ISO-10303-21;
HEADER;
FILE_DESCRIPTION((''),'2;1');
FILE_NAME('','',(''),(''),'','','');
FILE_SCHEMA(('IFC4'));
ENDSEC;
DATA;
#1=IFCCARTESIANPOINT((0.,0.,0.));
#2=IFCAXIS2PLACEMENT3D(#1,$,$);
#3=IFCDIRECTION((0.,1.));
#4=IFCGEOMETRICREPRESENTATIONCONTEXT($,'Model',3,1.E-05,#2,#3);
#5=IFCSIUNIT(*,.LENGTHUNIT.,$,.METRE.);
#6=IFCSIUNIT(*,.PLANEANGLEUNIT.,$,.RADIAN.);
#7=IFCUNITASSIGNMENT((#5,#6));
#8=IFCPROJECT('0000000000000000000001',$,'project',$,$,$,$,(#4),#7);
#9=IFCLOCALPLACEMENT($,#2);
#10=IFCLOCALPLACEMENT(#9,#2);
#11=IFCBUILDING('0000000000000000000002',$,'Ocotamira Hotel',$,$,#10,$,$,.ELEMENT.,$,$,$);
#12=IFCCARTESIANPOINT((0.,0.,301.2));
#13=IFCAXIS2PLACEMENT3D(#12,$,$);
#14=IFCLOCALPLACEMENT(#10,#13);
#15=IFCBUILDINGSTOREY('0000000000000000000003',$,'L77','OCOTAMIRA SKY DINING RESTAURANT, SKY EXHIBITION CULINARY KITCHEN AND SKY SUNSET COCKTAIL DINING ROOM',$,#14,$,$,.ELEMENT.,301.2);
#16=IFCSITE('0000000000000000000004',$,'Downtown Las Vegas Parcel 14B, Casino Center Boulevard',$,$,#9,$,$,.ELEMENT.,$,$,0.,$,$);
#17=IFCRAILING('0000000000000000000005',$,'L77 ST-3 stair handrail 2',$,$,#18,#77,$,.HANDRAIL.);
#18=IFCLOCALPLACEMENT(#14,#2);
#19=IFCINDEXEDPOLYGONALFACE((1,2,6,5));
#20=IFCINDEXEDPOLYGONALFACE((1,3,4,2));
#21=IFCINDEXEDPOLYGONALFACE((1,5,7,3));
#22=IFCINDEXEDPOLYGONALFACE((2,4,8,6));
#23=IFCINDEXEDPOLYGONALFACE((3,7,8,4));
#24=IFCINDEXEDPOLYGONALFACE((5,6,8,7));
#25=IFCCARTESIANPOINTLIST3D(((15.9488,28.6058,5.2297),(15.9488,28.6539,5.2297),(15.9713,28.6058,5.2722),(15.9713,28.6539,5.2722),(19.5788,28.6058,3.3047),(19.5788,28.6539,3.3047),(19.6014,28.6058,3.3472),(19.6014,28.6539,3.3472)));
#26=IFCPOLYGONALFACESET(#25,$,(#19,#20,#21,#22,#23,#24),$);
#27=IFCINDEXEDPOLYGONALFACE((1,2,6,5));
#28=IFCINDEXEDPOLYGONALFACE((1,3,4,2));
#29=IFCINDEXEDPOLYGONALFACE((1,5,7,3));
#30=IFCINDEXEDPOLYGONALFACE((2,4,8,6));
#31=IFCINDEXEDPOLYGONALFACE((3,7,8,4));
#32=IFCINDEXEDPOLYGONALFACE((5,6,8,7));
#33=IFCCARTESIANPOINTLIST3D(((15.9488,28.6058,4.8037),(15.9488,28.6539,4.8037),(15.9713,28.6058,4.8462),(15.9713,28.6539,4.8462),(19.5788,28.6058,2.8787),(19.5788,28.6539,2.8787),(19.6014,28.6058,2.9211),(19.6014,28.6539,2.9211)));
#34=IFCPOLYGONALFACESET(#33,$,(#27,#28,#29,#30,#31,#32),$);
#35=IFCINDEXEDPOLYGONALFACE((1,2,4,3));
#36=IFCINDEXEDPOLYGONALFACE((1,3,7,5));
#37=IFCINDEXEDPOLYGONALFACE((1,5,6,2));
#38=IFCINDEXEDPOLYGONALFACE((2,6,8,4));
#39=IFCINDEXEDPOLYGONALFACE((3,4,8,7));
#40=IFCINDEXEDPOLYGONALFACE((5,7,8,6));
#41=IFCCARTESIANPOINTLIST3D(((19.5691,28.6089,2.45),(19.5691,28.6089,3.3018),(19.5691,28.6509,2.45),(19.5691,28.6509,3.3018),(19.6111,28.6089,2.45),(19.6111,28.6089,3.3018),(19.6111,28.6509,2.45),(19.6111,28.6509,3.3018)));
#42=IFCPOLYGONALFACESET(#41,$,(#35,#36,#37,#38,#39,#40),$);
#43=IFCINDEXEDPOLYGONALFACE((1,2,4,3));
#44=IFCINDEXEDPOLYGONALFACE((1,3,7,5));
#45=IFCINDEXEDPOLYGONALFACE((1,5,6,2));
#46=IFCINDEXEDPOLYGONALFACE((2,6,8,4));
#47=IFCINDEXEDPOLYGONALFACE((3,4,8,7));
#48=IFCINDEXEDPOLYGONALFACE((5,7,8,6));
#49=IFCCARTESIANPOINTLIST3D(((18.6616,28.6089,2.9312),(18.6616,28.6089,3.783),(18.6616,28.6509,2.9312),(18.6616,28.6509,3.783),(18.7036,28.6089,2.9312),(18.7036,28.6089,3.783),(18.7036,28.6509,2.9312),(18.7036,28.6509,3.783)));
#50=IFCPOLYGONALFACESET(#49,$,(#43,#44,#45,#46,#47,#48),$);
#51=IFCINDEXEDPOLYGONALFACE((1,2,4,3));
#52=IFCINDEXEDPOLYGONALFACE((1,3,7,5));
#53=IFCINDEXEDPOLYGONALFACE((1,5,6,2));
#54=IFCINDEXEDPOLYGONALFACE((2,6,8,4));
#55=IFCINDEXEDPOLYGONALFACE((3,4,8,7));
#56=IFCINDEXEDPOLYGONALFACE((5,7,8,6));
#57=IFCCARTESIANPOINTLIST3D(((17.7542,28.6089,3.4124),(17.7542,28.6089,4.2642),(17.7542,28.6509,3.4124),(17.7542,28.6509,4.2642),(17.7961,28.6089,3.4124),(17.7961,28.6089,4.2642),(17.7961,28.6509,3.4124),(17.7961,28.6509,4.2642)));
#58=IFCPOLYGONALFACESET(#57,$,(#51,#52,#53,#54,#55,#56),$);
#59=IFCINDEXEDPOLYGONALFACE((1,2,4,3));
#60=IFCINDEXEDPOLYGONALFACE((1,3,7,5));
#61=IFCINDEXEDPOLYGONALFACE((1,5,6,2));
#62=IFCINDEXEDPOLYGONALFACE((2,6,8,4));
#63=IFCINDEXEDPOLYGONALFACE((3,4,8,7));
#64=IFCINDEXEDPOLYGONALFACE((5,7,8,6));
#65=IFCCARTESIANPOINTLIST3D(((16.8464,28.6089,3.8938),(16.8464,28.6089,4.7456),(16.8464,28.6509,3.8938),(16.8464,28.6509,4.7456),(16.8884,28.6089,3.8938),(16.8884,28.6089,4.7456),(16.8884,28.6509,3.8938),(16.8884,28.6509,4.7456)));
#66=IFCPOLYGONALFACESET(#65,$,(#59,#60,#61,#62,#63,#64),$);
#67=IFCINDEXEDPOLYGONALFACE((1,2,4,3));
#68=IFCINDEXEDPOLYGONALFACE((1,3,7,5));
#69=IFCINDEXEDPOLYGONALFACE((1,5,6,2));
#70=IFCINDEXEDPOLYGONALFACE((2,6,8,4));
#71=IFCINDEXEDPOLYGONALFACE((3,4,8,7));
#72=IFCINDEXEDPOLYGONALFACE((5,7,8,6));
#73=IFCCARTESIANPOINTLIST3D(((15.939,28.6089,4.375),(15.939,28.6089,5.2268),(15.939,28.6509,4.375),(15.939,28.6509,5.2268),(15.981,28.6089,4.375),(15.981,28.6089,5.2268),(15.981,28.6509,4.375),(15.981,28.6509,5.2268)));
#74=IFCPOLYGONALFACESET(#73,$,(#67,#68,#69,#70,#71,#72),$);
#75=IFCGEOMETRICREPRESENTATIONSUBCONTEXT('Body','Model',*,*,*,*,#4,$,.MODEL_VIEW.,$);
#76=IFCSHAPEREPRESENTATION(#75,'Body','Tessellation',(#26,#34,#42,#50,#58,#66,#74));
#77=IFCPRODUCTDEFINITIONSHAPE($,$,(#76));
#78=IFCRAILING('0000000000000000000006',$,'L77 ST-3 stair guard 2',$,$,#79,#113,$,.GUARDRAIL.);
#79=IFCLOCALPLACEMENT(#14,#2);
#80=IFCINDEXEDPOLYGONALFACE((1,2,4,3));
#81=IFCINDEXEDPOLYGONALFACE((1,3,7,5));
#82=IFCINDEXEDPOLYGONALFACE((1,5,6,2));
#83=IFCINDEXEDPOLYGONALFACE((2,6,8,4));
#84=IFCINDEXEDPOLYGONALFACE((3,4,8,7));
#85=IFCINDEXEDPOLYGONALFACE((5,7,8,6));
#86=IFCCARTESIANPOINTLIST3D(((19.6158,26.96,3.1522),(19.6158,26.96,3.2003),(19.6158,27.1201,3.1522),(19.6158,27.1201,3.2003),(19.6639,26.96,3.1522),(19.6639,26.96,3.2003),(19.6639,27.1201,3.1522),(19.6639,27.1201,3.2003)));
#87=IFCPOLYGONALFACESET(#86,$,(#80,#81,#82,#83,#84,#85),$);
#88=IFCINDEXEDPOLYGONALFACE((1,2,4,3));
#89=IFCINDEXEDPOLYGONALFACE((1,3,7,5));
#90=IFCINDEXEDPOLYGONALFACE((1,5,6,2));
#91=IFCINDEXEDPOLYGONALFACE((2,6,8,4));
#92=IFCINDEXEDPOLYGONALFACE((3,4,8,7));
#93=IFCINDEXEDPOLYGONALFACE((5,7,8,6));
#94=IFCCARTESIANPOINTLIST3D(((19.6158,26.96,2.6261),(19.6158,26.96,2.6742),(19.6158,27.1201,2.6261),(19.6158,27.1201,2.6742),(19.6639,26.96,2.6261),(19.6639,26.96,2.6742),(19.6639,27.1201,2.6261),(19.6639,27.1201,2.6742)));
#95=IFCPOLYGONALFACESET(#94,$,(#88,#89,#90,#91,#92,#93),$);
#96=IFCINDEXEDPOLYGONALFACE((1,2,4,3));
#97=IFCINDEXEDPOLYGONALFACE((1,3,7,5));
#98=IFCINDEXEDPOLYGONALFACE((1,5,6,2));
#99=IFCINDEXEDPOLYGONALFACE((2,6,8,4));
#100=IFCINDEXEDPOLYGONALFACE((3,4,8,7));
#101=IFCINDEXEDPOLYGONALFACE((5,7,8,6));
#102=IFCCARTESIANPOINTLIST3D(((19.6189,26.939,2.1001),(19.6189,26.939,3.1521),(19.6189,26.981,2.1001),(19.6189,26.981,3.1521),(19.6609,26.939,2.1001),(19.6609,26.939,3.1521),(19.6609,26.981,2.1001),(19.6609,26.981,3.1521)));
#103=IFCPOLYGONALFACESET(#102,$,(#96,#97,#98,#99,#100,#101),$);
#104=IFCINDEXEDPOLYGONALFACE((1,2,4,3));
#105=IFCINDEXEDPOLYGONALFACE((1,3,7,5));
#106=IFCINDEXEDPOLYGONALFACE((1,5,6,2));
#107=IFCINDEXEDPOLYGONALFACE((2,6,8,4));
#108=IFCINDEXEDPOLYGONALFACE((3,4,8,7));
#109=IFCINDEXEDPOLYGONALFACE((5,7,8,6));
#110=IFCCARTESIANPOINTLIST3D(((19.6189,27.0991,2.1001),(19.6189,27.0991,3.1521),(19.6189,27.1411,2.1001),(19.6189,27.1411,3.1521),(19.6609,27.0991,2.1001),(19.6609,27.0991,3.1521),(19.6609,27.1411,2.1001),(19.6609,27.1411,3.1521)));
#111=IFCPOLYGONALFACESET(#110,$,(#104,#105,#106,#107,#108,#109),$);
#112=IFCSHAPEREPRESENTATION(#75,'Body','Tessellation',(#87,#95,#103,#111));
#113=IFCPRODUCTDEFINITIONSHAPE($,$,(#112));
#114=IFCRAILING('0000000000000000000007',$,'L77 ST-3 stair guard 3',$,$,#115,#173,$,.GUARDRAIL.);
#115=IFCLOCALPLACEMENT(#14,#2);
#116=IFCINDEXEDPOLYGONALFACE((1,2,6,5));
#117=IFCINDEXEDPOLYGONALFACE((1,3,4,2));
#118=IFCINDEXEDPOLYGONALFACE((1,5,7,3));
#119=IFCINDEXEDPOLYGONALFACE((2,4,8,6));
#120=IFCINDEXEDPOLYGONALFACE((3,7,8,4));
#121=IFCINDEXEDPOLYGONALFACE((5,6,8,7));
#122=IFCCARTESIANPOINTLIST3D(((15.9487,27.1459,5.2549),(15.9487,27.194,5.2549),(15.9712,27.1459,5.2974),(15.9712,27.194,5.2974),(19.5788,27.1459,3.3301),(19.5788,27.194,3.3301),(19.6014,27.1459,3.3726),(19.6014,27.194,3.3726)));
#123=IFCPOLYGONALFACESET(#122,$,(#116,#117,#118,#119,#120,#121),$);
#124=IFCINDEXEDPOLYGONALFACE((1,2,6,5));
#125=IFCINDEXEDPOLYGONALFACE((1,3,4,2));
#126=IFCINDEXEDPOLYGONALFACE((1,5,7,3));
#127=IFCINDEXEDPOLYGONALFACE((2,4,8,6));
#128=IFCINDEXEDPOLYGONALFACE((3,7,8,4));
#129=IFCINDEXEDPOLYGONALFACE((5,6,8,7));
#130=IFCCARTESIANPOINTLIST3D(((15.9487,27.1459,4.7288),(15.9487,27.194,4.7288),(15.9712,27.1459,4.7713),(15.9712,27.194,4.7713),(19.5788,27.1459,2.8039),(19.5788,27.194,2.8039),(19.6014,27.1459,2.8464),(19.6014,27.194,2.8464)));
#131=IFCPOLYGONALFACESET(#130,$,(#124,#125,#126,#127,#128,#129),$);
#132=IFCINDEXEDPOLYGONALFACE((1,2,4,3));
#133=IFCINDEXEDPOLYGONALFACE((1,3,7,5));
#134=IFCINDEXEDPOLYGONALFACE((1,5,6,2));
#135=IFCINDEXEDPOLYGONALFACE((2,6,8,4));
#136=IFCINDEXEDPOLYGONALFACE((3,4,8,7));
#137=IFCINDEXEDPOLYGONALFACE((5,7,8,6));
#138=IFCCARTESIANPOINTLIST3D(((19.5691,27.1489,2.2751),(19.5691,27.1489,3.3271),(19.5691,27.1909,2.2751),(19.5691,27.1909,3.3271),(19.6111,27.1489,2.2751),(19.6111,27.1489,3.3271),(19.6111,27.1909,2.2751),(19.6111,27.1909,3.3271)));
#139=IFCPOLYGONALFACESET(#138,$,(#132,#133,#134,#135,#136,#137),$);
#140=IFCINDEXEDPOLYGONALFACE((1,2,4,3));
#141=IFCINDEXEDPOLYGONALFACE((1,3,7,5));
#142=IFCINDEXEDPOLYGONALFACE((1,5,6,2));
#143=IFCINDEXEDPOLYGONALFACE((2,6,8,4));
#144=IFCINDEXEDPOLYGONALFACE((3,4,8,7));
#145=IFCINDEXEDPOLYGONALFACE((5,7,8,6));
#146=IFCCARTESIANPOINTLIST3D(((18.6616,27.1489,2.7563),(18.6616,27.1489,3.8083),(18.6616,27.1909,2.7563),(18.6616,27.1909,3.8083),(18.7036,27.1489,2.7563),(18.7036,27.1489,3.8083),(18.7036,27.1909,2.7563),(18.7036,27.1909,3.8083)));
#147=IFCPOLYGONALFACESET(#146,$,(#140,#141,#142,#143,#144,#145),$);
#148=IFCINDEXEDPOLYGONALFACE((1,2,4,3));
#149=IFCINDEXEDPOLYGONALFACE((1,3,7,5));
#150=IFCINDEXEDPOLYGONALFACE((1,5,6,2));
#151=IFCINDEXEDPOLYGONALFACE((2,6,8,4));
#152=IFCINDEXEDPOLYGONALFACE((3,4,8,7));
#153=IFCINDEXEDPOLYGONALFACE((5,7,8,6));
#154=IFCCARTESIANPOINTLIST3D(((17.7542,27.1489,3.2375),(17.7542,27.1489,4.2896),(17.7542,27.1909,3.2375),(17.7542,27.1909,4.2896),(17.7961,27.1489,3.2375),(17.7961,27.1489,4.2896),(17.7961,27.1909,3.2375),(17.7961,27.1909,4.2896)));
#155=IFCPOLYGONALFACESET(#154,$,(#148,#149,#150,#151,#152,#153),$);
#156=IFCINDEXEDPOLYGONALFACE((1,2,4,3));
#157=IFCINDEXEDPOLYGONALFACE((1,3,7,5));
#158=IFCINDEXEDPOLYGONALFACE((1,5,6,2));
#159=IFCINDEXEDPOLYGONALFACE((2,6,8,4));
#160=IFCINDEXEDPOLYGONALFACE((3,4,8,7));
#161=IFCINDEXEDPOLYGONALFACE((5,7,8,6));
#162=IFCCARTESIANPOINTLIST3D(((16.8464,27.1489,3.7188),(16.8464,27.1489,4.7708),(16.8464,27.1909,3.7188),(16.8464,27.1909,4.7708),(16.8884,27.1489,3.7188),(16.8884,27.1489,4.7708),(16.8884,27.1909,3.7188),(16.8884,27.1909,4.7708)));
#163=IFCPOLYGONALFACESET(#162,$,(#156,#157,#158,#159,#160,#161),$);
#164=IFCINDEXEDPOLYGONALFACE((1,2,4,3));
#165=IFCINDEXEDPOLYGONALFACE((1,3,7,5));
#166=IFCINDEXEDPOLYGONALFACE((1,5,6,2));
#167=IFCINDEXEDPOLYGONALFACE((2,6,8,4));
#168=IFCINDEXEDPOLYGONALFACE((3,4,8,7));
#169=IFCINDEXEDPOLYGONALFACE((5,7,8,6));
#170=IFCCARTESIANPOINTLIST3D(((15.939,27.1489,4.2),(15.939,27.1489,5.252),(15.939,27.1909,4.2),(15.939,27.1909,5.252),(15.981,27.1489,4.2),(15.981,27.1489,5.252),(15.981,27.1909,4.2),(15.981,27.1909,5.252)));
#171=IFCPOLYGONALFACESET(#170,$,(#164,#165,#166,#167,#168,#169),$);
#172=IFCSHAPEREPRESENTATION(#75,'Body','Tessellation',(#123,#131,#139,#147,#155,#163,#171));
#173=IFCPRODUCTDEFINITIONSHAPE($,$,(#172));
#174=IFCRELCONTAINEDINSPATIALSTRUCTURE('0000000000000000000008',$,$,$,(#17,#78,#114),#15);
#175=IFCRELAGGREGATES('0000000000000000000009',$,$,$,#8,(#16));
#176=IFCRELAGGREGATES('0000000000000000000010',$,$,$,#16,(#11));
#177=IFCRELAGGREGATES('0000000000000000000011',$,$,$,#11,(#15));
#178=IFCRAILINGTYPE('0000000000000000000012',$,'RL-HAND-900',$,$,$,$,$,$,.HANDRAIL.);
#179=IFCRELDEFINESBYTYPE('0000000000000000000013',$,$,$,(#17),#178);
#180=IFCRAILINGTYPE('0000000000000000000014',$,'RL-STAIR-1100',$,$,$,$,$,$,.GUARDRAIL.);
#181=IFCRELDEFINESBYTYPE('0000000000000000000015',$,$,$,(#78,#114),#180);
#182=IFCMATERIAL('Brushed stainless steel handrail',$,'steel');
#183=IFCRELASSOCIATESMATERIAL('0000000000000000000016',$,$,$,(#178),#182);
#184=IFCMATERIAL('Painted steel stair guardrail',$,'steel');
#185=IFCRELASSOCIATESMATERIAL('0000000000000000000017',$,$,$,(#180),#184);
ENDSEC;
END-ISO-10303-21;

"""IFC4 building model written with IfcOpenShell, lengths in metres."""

from ifc_helpers import new_model, si_unit, direction, frame, origin, origin_2d, place, context, subcontext, project, spatial, rectangle, extrude, material, type_object, element, save


model = new_model("IFC4")

# Units and contexts
model_context = context("Model", 3, precision=1e-05, world=origin(), true_north=direction((0.0, 1.0)))
body_context = subcontext(model_context, "Body", "Model", "MODEL_VIEW")
ifc_project = project(units=[si_unit("LENGTHUNIT", "METRE"), si_unit("PLANEANGLEUNIT", "RADIAN")], contexts=[model_context])

# Site, building, storey
site_placement = place(None, origin())
site = spatial("IfcSite", under=ifc_project, at=site_placement, Name="Downtown Las Vegas Parcel 14B, Casino Center Boulevard", CompositionType="ELEMENT", RefElevation=0.0)
building_placement = place(site_placement, origin())
building = spatial("IfcBuilding", under=site, at=building_placement, Name="Ocotamira Hotel", CompositionType="ELEMENT")
storey_placement = place(building_placement, frame((0.0, 0.0, 301.2)))
storey = spatial("IfcBuildingStorey", under=building, at=storey_placement, Name="L77", Description="OCOTAMIRA SKY DINING RESTAURANT, SKY EXHIBITION CULINARY KITCHEN AND SKY SUNSET COCKTAIL DINING ROOM", CompositionType="ELEMENT", Elevation=301.2)

# Railings
ifc_material_1 = material(Name="Brushed stainless steel handrail", Category="steel")
railing_type_1 = type_object("IfcRailingType", Name="RL-HAND-900", PredefinedType="HANDRAIL", material=ifc_material_1)
railing_1_placement = place(storey_placement, frame((19.5901, 28.6299, 2.45)))
element("IfcRailing", 1, at=railing_1_placement, inside=storey, type_object=railing_type_1, Name="L77 ST-3 stair handrail 2", PredefinedType="HANDRAIL", context=body_context, shape_type="SweptSolid", body=[
    extrude(rectangle(XDim=0.0481, YDim=0.0481, at=origin_2d()), frame((0.0, 0.0, 0.876), z_axis=(-0.883464, 0.0, 0.468499), x_axis=(0.0, -1.0, 0.0)), (0.0, 0.0, 1.0), 4.1089),
    extrude(rectangle(XDim=0.0481, YDim=0.0481, at=origin_2d()), frame((0.0, 0.0, 0.45), z_axis=(-0.883464, 0.0, 0.468499), x_axis=(0.0, -1.0, 0.0)), (0.0, 0.0, 1.0), 4.1089),
    extrude(rectangle(XDim=0.042, YDim=0.042, at=origin_2d()), origin(), (0.0, 0.0, 1.0), 0.8518),
    extrude(rectangle(XDim=0.042, YDim=0.042, at=origin_2d()), frame((-0.9075, 0.0, 0.4812)), (0.0, 0.0, 1.0), 0.8518),
    extrude(rectangle(XDim=0.042, YDim=0.042, at=origin_2d()), frame((-1.8149, 0.0, 0.9624)), (0.0, 0.0, 1.0), 0.8518),
    extrude(rectangle(XDim=0.042, YDim=0.042, at=origin_2d()), frame((-2.7227, 0.0, 1.4438)), (0.0, 0.0, 1.0), 0.8518),
    extrude(rectangle(XDim=0.042, YDim=0.042, at=origin_2d()), frame((-3.6301, 0.0, 1.925)), (0.0, 0.0, 1.0), 0.8518),
])
ifc_material_2 = material(Name="Painted steel stair guardrail", Category="steel")
railing_type_2 = type_object("IfcRailingType", Name="RL-STAIR-1100", PredefinedType="GUARDRAIL", material=ifc_material_2)
railing_2_placement = place(storey_placement, frame((19.6399, 26.96, 2.1001)))
element("IfcRailing", 2, at=railing_2_placement, inside=storey, type_object=railing_type_2, Name="L77 ST-3 stair guard 2", PredefinedType="GUARDRAIL", context=body_context, shape_type="SweptSolid", body=[
    extrude(rectangle(XDim=0.0481, YDim=0.0481, at=origin_2d()), frame((0.0, 0.0, 1.0762), z_axis=(0.0, 1.0, 0.0), x_axis=(-1.0, 0.0, 0.0)), (0.0, 0.0, 1.0), 0.1602),
    extrude(rectangle(XDim=0.0481, YDim=0.0481, at=origin_2d()), frame((0.0, 0.0, 0.55), z_axis=(0.0, 1.0, 0.0), x_axis=(-1.0, 0.0, 0.0)), (0.0, 0.0, 1.0), 0.1602),
    extrude(rectangle(XDim=0.042, YDim=0.042, at=origin_2d()), origin(), (0.0, 0.0, 1.0), 1.052),
    extrude(rectangle(XDim=0.042, YDim=0.042, at=origin_2d()), frame((0.0, 0.1602, 0.0)), (0.0, 0.0, 1.0), 1.052),
])
railing_3_placement = place(storey_placement, frame((19.5901, 27.1699, 2.2751)))
element("IfcRailing", 3, at=railing_3_placement, inside=storey, type_object=railing_type_2, Name="L77 ST-3 stair guard 3", PredefinedType="GUARDRAIL", context=body_context, shape_type="SweptSolid", body=[
    extrude(rectangle(XDim=0.0481, YDim=0.0481, at=origin_2d()), frame((0.0, 0.0, 1.0762), z_axis=(-0.883489, 0.0, 0.468453), x_axis=(0.0, -1.0, 0.0)), (0.0, 0.0, 1.0), 4.1089),
    extrude(rectangle(XDim=0.0481, YDim=0.0481, at=origin_2d()), frame((0.0, 0.0, 0.55), z_axis=(-0.883489, 0.0, 0.468453), x_axis=(0.0, -1.0, 0.0)), (0.0, 0.0, 1.0), 4.1089),
    extrude(rectangle(XDim=0.042, YDim=0.042, at=origin_2d()), origin(), (0.0, 0.0, 1.0), 1.052),
    extrude(rectangle(XDim=0.042, YDim=0.042, at=origin_2d()), frame((-0.9075, 0.0, 0.4812)), (0.0, 0.0, 1.0), 1.052),
    extrude(rectangle(XDim=0.042, YDim=0.042, at=origin_2d()), frame((-1.8149, 0.0, 0.9624)), (0.0, 0.0, 1.0), 1.052),
    extrude(rectangle(XDim=0.042, YDim=0.042, at=origin_2d()), frame((-2.7227, 0.0, 1.4436)), (0.0, 0.0, 1.0), 1.052),
    extrude(rectangle(XDim=0.042, YDim=0.042, at=origin_2d()), frame((-3.6301, 0.0, 1.9248)), (0.0, 0.0, 1.0), 1.052),
])

save(model, "model.ifc")
